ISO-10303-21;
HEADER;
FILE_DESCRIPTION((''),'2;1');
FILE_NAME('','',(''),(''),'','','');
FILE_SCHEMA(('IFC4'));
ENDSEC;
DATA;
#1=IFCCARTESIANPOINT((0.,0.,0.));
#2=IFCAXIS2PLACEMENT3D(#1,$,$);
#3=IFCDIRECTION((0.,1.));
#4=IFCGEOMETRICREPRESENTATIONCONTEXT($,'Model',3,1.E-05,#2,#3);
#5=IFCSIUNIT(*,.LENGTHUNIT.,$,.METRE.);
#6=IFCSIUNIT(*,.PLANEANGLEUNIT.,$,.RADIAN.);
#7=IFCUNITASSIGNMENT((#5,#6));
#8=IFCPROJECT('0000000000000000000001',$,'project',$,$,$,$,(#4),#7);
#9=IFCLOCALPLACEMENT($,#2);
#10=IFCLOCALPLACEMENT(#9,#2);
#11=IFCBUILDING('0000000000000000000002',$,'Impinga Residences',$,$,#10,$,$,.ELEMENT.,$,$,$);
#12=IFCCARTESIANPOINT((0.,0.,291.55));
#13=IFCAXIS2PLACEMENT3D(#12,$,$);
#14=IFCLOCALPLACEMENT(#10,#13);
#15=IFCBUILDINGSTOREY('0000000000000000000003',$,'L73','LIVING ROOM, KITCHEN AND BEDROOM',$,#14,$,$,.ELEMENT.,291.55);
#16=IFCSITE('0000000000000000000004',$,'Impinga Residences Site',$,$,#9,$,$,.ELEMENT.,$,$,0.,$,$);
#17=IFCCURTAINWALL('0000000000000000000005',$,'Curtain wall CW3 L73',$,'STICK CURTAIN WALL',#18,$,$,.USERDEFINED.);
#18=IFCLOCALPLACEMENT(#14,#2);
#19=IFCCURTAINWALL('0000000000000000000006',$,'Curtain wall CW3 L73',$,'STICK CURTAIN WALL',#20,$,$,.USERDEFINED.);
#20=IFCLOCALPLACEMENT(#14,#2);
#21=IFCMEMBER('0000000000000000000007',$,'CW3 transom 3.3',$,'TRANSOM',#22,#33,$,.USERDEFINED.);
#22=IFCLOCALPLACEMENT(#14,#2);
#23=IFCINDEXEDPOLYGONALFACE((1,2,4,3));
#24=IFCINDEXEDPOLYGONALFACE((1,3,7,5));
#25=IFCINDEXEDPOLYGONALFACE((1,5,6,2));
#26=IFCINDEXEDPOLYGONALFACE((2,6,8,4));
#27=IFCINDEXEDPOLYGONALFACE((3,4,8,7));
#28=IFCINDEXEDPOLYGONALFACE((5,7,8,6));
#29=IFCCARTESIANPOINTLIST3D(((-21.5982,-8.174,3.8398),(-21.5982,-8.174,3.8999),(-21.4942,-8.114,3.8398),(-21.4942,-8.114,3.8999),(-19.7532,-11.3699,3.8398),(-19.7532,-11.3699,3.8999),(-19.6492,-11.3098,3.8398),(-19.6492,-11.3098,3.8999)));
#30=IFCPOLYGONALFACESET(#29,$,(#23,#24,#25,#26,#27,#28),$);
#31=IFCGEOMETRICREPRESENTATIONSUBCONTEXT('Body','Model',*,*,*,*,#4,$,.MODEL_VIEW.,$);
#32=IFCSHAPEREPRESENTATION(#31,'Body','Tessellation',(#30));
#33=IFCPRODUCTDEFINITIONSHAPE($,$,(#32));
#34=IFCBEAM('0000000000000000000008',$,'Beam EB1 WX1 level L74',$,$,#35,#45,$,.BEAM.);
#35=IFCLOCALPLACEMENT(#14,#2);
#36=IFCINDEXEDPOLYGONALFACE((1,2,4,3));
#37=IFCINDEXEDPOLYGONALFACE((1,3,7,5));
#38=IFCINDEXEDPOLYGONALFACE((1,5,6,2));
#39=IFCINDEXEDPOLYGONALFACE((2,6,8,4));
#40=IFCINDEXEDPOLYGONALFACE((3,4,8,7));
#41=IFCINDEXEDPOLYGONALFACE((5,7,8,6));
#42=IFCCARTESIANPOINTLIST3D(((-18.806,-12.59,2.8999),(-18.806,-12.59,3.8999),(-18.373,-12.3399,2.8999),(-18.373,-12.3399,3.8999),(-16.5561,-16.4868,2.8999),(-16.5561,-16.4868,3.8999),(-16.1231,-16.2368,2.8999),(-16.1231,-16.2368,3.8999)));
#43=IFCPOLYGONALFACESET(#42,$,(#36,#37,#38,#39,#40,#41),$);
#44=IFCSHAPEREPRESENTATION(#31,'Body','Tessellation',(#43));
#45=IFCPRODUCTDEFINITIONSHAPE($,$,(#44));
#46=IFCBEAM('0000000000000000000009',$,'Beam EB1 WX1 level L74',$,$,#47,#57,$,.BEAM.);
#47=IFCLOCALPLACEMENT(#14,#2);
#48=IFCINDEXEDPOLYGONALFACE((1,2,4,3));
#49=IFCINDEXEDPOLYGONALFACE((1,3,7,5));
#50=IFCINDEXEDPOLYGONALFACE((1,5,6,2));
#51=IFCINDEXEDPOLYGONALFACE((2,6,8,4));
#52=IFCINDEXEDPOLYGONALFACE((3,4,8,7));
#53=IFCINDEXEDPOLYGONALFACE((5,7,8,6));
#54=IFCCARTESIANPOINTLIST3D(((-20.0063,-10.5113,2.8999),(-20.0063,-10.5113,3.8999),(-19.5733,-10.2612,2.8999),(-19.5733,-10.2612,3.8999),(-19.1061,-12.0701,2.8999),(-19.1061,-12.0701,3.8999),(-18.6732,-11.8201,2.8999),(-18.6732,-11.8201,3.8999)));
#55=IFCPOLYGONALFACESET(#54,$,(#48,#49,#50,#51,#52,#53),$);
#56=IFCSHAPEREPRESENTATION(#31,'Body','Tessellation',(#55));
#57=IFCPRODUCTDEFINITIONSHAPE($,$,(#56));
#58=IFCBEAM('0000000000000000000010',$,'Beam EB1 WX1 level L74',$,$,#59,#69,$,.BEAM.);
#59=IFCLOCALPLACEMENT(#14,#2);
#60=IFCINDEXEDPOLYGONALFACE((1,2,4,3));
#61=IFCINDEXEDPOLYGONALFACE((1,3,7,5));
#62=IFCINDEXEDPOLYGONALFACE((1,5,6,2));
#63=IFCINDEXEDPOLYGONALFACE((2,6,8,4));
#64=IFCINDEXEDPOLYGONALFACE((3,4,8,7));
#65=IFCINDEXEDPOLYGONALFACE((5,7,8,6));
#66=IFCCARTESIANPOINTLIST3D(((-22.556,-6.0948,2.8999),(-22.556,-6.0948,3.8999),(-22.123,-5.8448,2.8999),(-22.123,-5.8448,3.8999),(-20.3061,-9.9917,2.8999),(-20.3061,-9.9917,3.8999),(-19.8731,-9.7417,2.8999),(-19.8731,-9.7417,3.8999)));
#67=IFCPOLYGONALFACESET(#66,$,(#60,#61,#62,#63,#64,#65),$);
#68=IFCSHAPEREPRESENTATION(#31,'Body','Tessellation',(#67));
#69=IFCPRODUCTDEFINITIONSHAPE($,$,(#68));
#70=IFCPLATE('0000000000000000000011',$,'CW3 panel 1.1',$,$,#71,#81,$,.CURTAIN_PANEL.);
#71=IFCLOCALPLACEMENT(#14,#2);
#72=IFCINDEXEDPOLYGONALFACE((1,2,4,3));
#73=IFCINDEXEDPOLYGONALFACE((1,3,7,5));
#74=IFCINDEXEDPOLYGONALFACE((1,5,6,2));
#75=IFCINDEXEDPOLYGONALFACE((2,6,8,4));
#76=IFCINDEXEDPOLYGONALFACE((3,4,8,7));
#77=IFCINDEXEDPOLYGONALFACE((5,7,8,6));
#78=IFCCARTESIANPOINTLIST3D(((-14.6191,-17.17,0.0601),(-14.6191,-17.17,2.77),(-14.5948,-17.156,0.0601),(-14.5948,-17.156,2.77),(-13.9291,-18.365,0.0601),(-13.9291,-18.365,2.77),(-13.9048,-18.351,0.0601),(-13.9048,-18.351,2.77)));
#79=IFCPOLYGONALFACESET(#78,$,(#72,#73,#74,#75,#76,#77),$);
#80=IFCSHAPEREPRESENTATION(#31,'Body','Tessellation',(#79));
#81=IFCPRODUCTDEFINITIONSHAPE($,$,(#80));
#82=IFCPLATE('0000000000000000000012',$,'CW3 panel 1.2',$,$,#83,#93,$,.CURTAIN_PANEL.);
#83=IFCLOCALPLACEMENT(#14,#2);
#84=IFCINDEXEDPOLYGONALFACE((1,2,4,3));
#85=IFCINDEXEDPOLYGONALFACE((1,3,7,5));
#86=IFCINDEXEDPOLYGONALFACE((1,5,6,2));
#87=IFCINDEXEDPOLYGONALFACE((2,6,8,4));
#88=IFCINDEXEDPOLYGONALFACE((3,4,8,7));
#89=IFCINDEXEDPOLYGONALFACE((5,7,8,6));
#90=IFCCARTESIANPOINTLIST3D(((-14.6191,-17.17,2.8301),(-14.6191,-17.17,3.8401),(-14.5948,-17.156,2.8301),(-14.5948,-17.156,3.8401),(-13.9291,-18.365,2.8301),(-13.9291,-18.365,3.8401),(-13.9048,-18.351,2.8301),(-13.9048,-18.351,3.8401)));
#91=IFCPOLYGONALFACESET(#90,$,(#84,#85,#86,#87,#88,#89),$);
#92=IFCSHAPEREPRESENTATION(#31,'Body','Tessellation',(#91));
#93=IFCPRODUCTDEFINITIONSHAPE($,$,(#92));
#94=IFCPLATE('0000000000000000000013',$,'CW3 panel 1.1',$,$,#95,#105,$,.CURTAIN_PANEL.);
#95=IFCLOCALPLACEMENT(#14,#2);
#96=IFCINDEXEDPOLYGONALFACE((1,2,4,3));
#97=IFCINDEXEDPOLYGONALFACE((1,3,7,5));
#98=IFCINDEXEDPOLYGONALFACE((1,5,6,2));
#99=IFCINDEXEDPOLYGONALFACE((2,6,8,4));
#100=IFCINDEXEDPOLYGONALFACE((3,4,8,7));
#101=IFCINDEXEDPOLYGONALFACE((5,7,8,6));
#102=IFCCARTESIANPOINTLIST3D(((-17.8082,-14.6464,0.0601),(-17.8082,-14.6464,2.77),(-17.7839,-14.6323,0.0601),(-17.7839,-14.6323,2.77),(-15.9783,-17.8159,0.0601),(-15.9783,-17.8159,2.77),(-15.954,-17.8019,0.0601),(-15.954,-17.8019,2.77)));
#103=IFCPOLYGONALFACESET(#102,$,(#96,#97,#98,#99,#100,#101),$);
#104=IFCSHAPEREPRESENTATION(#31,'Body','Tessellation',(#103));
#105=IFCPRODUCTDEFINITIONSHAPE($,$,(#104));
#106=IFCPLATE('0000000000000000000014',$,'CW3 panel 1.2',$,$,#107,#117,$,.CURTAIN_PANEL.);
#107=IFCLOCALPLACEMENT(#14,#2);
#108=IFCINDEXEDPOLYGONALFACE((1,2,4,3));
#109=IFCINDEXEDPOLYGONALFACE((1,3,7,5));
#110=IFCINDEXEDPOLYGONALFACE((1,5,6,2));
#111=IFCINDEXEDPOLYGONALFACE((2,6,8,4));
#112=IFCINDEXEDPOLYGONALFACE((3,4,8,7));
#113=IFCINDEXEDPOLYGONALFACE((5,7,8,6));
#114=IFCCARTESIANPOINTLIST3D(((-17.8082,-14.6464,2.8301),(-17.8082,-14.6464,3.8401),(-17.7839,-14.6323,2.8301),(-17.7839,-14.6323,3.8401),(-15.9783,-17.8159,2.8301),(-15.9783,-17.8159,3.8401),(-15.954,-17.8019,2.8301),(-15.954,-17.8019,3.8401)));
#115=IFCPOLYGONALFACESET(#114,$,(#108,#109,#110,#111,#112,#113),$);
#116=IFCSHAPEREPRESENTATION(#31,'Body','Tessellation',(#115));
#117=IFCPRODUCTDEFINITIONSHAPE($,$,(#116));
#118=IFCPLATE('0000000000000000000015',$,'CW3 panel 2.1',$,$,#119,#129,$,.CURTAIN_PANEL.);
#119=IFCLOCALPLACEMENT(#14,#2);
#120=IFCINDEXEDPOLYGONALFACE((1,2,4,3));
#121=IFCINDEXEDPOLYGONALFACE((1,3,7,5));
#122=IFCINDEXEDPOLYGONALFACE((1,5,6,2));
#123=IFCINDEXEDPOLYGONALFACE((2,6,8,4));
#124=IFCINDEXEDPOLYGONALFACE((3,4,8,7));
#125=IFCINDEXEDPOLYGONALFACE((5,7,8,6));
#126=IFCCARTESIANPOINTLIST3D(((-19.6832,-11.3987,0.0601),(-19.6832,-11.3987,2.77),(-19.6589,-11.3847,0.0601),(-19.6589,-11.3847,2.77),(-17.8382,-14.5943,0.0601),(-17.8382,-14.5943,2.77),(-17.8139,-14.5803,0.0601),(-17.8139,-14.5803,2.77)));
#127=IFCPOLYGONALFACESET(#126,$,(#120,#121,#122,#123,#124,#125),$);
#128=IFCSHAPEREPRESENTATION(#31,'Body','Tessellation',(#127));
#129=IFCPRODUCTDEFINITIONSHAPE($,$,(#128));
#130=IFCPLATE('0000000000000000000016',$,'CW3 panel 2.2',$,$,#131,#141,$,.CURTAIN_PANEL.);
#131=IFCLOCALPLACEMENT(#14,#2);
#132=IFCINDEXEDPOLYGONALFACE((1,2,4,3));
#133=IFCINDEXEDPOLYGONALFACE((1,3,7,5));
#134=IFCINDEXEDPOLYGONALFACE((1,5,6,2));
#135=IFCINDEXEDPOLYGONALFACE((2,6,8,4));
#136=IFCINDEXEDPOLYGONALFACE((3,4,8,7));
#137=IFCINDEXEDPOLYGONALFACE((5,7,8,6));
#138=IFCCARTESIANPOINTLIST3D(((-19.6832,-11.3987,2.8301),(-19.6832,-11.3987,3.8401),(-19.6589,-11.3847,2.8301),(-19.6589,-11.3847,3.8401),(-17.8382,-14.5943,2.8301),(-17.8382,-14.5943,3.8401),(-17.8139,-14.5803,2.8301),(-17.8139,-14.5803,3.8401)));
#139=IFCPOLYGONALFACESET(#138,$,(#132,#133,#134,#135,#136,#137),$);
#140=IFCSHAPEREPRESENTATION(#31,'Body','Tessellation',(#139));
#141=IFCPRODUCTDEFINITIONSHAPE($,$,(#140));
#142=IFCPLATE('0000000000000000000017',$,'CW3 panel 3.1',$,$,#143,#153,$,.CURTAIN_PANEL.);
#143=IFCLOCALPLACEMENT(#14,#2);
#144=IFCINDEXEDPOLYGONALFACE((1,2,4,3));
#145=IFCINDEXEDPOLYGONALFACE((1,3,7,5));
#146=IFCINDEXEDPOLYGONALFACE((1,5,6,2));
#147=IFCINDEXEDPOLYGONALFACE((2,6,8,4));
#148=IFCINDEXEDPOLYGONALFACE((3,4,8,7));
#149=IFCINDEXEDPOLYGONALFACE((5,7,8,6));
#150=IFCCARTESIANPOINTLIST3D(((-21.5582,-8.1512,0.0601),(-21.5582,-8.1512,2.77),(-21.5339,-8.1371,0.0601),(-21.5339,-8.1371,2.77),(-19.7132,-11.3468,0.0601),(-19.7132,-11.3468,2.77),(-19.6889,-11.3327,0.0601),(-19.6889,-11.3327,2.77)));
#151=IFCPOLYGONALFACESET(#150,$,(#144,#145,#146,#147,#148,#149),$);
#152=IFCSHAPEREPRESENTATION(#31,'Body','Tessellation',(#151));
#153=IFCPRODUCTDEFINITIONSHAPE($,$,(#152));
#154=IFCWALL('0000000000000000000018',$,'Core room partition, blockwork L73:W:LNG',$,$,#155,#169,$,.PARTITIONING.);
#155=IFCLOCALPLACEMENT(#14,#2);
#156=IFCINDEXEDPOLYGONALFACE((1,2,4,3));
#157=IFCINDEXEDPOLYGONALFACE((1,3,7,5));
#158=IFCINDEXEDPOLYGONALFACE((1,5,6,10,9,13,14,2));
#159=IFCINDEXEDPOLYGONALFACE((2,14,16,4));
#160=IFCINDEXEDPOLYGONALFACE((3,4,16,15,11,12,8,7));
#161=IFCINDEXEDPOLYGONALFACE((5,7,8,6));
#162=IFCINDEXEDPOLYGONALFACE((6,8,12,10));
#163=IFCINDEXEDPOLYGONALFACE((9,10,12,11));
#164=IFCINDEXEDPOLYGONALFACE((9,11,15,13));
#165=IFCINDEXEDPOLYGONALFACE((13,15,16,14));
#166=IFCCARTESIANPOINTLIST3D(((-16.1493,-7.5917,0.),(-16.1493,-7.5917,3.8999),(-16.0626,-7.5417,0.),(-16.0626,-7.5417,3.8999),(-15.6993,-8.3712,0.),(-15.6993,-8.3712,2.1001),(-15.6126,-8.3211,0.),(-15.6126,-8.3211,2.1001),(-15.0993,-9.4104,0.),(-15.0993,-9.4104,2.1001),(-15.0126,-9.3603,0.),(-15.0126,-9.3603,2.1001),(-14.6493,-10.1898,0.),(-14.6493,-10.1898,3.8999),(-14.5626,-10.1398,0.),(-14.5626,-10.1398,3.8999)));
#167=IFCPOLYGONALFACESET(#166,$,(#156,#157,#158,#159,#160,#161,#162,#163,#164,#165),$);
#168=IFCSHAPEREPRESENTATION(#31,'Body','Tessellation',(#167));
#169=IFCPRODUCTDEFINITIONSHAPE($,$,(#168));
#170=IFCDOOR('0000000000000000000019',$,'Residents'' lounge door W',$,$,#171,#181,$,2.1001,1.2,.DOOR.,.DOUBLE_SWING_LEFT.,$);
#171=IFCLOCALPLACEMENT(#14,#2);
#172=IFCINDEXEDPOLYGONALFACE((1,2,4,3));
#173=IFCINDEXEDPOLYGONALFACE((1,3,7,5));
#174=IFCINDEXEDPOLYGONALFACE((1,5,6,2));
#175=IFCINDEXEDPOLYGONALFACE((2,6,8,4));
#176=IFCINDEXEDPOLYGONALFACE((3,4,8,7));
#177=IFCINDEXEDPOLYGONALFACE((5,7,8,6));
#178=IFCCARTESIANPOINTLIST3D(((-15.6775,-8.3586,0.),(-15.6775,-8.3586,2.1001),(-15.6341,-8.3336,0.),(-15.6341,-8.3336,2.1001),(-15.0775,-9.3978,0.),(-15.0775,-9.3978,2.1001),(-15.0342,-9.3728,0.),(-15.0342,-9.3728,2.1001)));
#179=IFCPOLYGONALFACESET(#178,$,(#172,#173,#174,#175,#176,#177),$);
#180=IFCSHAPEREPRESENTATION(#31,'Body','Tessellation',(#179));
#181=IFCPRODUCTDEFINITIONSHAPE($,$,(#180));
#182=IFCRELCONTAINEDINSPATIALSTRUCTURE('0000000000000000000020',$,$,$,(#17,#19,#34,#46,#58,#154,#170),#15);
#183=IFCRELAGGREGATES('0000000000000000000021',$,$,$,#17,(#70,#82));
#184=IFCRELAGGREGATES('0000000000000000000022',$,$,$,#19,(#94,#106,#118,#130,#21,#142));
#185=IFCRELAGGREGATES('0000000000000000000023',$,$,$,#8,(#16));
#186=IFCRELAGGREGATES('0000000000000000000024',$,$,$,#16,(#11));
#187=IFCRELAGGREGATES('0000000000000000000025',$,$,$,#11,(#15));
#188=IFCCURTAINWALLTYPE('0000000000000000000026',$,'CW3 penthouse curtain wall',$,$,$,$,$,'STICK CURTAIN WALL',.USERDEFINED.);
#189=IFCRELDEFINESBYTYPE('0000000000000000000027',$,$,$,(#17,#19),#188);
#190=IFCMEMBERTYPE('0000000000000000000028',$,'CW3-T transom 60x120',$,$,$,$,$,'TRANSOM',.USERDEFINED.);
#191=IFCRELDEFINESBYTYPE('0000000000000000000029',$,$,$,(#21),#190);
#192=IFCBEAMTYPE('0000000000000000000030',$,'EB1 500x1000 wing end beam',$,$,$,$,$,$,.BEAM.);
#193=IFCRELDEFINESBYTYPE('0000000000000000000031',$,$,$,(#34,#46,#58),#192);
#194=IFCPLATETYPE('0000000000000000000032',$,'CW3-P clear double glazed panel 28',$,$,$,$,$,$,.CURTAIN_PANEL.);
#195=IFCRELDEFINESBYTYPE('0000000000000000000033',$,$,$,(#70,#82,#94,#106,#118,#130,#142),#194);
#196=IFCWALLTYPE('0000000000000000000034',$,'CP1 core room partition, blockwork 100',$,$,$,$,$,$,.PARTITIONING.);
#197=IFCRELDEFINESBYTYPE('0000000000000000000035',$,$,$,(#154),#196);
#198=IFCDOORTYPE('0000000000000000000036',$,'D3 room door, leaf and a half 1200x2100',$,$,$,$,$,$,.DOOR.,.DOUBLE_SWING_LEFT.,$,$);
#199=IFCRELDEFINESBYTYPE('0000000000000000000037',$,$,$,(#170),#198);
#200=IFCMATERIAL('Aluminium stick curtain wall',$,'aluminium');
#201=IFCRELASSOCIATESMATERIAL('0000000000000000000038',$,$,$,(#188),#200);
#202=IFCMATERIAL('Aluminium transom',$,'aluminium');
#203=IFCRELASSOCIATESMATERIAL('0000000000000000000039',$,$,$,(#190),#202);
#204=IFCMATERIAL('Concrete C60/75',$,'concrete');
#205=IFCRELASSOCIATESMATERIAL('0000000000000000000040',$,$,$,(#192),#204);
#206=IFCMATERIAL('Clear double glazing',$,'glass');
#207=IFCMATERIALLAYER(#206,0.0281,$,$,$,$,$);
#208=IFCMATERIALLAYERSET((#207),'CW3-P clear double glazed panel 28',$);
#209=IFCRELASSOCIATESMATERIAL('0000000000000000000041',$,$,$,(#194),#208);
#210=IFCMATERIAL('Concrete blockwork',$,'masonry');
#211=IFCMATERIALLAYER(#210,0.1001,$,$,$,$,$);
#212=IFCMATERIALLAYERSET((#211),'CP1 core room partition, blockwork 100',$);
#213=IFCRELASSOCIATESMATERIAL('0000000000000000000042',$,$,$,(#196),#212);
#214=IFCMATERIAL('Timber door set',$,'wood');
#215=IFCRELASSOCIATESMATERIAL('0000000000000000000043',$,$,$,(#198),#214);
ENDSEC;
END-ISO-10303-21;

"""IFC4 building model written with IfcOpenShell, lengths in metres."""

from ifc_helpers import new_model, si_unit, direction, frame, frame_2d, origin, origin_2d, place, context, subcontext, project, spatial, rectangle, extrude, material, layer, layer_set, material_profile, profile_set, type_object, element, fill, aggregate, save


model = new_model("IFC4")

# Units and contexts
model_context = context("Model", 3, precision=1e-05, world=origin(), true_north=direction((0.0, 1.0)))
body_context = subcontext(model_context, "Body", "Model", "MODEL_VIEW")
ifc_project = project(units=[si_unit("LENGTHUNIT", "METRE"), si_unit("PLANEANGLEUNIT", "RADIAN")], contexts=[model_context])

# Site, building, storey
site_placement = place(None, origin())
site = spatial("IfcSite", under=ifc_project, at=site_placement, Name="Impinga Residences Site", CompositionType="ELEMENT", RefElevation=0.0)
building_placement = place(site_placement, origin())
building = spatial("IfcBuilding", under=site, at=building_placement, Name="Impinga Residences", CompositionType="ELEMENT")
storey_placement = place(building_placement, frame((0.0, 0.0, 291.55)))
storey = spatial("IfcBuildingStorey", under=building, at=storey_placement, Name="L73", Description="LIVING ROOM, KITCHEN AND BEDROOM", CompositionType="ELEMENT", Elevation=291.55)

# Shared definitions
ifc_material_1 = material(Name="Concrete C60/75", Category="concrete")

# Curtain wall
ifc_material_2 = material(Name="Aluminium stick curtain wall", Category="aluminium")
curtain_wall_type = type_object("IfcCurtainWallType", Name="CW3 penthouse curtain wall", ElementType="STICK CURTAIN WALL", PredefinedType="USERDEFINED", material=ifc_material_2)
curtain_wall_1_placement = place(storey_placement, origin())
curtain_wall_1 = element("IfcCurtainWall", 1, at=curtain_wall_1_placement, inside=storey, type_object=curtain_wall_type, Name="Curtain wall CW3 L73", ObjectType="STICK CURTAIN WALL", PredefinedType="USERDEFINED")

# Curtain wall
curtain_wall_2_placement = place(storey_placement, origin())
curtain_wall_2 = element("IfcCurtainWall", 2, at=curtain_wall_2_placement, inside=storey, type_object=curtain_wall_type, Name="Curtain wall CW3 L73", ObjectType="STICK CURTAIN WALL", PredefinedType="USERDEFINED")

# Member
ifc_material_3 = material(Name="Aluminium transom", Category="aluminium")
ifc_material_profile_1 = material_profile(ifc_material_3, rectangle(XDim=0.0601, YDim=0.1201, at=origin_2d()), Name="60x120 transom")
ifc_profile_set_1 = profile_set([ifc_material_profile_1], Name="Aluminium transom")
member_type_1 = type_object("IfcMemberType", Name="CW3-T transom 60x120", ElementType="TRANSOM", PredefinedType="USERDEFINED", material=ifc_profile_set_1)
member_1_placement = place(storey_placement, frame((-19.7012, -11.3398, 3.8699), z_axis=(-0.499974, 0.86604, 0.0), x_axis=(0.0, 0.0, 1.0)))
member_1 = element("IfcMember", 3, at=member_1_placement, type_object=member_type_1, Name="CW3 transom 3.3", ObjectType="TRANSOM", PredefinedType="USERDEFINED", context=body_context, shape_type="SweptSolid", body=[
    extrude(rectangle(XDim=0.0601, YDim=0.1201, at=origin_2d()), origin(), (0.0, 0.0, 1.0), 3.6902),
])

# Beams
ifc_material_profile_2 = material_profile(ifc_material_1, rectangle(XDim=0.5, YDim=1.0, at=origin_2d()), Name="RC 500x1000")
ifc_profile_set_2 = profile_set([ifc_material_profile_2], Name="Concrete C60/75")
beam_type_1 = type_object("IfcBeamType", Name="EB1 500x1000 wing end beam", PredefinedType="BEAM", material=ifc_profile_set_2)
beam_1_placement = place(storey_placement, frame((-16.3396, -16.3618, 3.3999), z_axis=(-0.500014, 0.866018, 0.0), x_axis=(-0.866018, -0.500014, 0.0)))
element("IfcBeam", 4, at=beam_1_placement, inside=storey, type_object=beam_type_1, Name="Beam EB1 WX1 level L74", PredefinedType="BEAM", context=body_context, shape_type="SweptSolid", body=[
    extrude(rectangle(XDim=0.5, YDim=1.0, at=origin_2d()), origin(), (0.0, 0.0, 1.0), 4.4998),
])
beam_2_placement = place(storey_placement, frame((-18.8896, -11.9451, 3.3999), z_axis=(-0.500063, 0.865989, 0.0), x_axis=(-0.865989, -0.500063, 0.0)))
element("IfcBeam", 5, at=beam_2_placement, inside=storey, type_object=beam_type_1, Name="Beam EB1 WX1 level L74", PredefinedType="BEAM", context=body_context, shape_type="SweptSolid", body=[
    extrude(rectangle(XDim=0.5, YDim=1.0, at=origin_2d()), origin(), (0.0, 0.0, 1.0), 1.8),
])
beam_3_placement = place(storey_placement, frame((-20.0896, -9.8667, 3.3999), z_axis=(-0.500014, 0.866018, 0.0), x_axis=(-0.866018, -0.500014, 0.0)))
element("IfcBeam", 6, at=beam_3_placement, inside=storey, type_object=beam_type_1, Name="Beam EB1 WX1 level L74", PredefinedType="BEAM", context=body_context, shape_type="SweptSolid", body=[
    extrude(rectangle(XDim=0.5, YDim=1.0, at=origin_2d()), origin(), (0.0, 0.0, 1.0), 4.4998),
])

# Plates
ifc_material_4 = material(Name="Clear double glazing", Category="glass")
ifc_layer_1 = layer(ifc_material_4, 0.0281)
ifc_layer_set_1 = layer_set([ifc_layer_1], Name="CW3-P clear double glazed panel 28")
plate_type = type_object("IfcPlateType", Name="CW3-P clear double glazed panel 28", PredefinedType="CURTAIN_PANEL", material=ifc_layer_set_1)
plate_1_placement = place(storey_placement, frame((-14.262, -17.7605, 0.0601), z_axis=(0.0, 0.0, 1.0), x_axis=(-0.5, 0.866025, 0.0)))
plate_1 = element("IfcPlate", 7, at=plate_1_placement, type_object=plate_type, Name="CW3 panel 1.1", PredefinedType="CURTAIN_PANEL", context=body_context, shape_type="SweptSolid", body=[
    extrude(rectangle(XDim=1.3799, YDim=0.0281, at=origin_2d()), origin(), (0.0, 0.0, 1.0), 2.71),
])
plate_2_placement = place(storey_placement, frame((-14.262, -17.7605, 2.8301), z_axis=(0.0, 0.0, 1.0), x_axis=(-0.5, 0.866025, 0.0)))
plate_2 = element("IfcPlate", 8, at=plate_2_placement, type_object=plate_type, Name="CW3 panel 1.2", PredefinedType="CURTAIN_PANEL", context=body_context, shape_type="SweptSolid", body=[
    extrude(rectangle(XDim=1.3799, YDim=0.0281, at=origin_2d()), origin(), (0.0, 0.0, 1.0), 1.01),
])
aggregate(curtain_wall_1, [plate_1, plate_2])
plate_3_placement = place(storey_placement, frame((-16.8811, -16.2241, 0.0601), z_axis=(0.0, 0.0, 1.0), x_axis=(-0.5, 0.866025, 0.0)))
plate_3 = element("IfcPlate", 9, at=plate_3_placement, type_object=plate_type, Name="CW3 panel 1.1", PredefinedType="CURTAIN_PANEL", context=body_context, shape_type="SweptSolid", body=[
    extrude(rectangle(XDim=3.6599, YDim=0.0281, at=origin_2d()), origin(), (0.0, 0.0, 1.0), 2.71),
])
plate_4_placement = place(storey_placement, frame((-16.8811, -16.2241, 2.8301), z_axis=(0.0, 0.0, 1.0), x_axis=(-0.5, 0.866025, 0.0)))
plate_4 = element("IfcPlate", 10, at=plate_4_placement, type_object=plate_type, Name="CW3 panel 1.2", PredefinedType="CURTAIN_PANEL", context=body_context, shape_type="SweptSolid", body=[
    extrude(rectangle(XDim=3.6599, YDim=0.0281, at=origin_2d()), origin(), (0.0, 0.0, 1.0), 1.01),
])
plate_5_placement = place(storey_placement, frame((-18.7485, -12.9895, 0.0601), z_axis=(0.0, 0.0, 1.0), x_axis=(-0.5, 0.866025, 0.0)))
plate_5 = element("IfcPlate", 11, at=plate_5_placement, type_object=plate_type, Name="CW3 panel 2.1", PredefinedType="CURTAIN_PANEL", context=body_context, shape_type="SweptSolid", body=[
    extrude(rectangle(XDim=3.6899, YDim=0.0281, at=origin_2d()), origin(), (0.0, 0.0, 1.0), 2.71),
])
plate_6_placement = place(storey_placement, frame((-18.7485, -12.9895, 2.8301), z_axis=(0.0, 0.0, 1.0), x_axis=(-0.5, 0.866025, 0.0)))
plate_6 = element("IfcPlate", 12, at=plate_6_placement, type_object=plate_type, Name="CW3 panel 2.2", PredefinedType="CURTAIN_PANEL", context=body_context, shape_type="SweptSolid", body=[
    extrude(rectangle(XDim=3.6899, YDim=0.0281, at=origin_2d()), origin(), (0.0, 0.0, 1.0), 1.01),
])
plate_7_placement = place(storey_placement, frame((-20.6235, -9.7419, 0.0601), z_axis=(0.0, 0.0, 1.0), x_axis=(-0.5, 0.866025, 0.0)))
plate_7 = element("IfcPlate", 13, at=plate_7_placement, type_object=plate_type, Name="CW3 panel 3.1", PredefinedType="CURTAIN_PANEL", context=body_context, shape_type="SweptSolid", body=[
    extrude(rectangle(XDim=3.6899, YDim=0.0281, at=origin_2d()), origin(), (0.0, 0.0, 1.0), 2.71),
])
aggregate(curtain_wall_2, [plate_3, plate_4, plate_5, plate_6, member_1, plate_7])

# Wall, opening, door
ifc_material_5 = material(Name="Concrete blockwork", Category="masonry")
ifc_layer_2 = layer(ifc_material_5, 0.1001)
ifc_layer_set_2 = layer_set([ifc_layer_2], Name="CP1 core room partition, blockwork 100")
wall_type_1 = type_object("IfcWallType", Name="CP1 core room partition, blockwork 100", PredefinedType="PARTITIONING", material=ifc_layer_set_2)
wall_1_placement = place(storey_placement, frame((-14.606, -10.1648, 0.0), z_axis=(0.0, 0.0, 1.0), x_axis=(-0.49999, 0.866031, 0.0)))
wall_1 = element("IfcWall", 14, at=wall_1_placement, inside=storey, type_object=wall_type_1, Name="Core room partition, blockwork L73:W:LNG", PredefinedType="PARTITIONING", context=body_context, shape_type="SweptSolid", body=[
    extrude(rectangle(XDim=3.0, YDim=0.1001, at=frame_2d((1.5, 0.0))), origin(), (0.0, 0.0, 1.0), 3.8999),
])
opening_placement = place(wall_1_placement, frame((0.8999, 0.0, 0.0)))
opening = element("IfcOpeningElement", 15, at=opening_placement, cuts=wall_1, PredefinedType="OPENING", context=body_context, shape_type="SweptSolid", body=[
    extrude(rectangle(XDim=1.2, YDim=2.1001, at=frame_2d((0.6001, 1.05))), frame((0.0, 0.0601, 0.0), z_axis=(0.0, -1.0, 0.0), x_axis=(1.0, 0.0, 0.0)), (0.0, 0.0, 1.0), 0.1201),
])
ifc_material_6 = material(Name="Timber door set", Category="wood")
door_type = type_object("IfcDoorType", Name="D3 room door, leaf and a half 1200x2100", OperationType="DOUBLE_SWING_LEFT", PredefinedType="DOOR", material=ifc_material_6)
door_placement = place(opening_placement, origin())
door = element("IfcDoor", 16, at=door_placement, inside=storey, type_object=door_type, Name="Residents' lounge door W", OperationType="DOUBLE_SWING_LEFT", OverallHeight=2.1001, OverallWidth=1.2, PredefinedType="DOOR", context=body_context, shape_type="SweptSolid", body=[
    extrude(rectangle(XDim=1.2, YDim=2.1001, at=frame_2d((0.6001, 1.05))), frame((0.0, 0.0249, 0.0), z_axis=(0.0, -1.0, 0.0), x_axis=(1.0, 0.0, 0.0)), (0.0, 0.0, 1.0), 0.05),
])
fill(opening, door)

save(model, "model.ifc")
